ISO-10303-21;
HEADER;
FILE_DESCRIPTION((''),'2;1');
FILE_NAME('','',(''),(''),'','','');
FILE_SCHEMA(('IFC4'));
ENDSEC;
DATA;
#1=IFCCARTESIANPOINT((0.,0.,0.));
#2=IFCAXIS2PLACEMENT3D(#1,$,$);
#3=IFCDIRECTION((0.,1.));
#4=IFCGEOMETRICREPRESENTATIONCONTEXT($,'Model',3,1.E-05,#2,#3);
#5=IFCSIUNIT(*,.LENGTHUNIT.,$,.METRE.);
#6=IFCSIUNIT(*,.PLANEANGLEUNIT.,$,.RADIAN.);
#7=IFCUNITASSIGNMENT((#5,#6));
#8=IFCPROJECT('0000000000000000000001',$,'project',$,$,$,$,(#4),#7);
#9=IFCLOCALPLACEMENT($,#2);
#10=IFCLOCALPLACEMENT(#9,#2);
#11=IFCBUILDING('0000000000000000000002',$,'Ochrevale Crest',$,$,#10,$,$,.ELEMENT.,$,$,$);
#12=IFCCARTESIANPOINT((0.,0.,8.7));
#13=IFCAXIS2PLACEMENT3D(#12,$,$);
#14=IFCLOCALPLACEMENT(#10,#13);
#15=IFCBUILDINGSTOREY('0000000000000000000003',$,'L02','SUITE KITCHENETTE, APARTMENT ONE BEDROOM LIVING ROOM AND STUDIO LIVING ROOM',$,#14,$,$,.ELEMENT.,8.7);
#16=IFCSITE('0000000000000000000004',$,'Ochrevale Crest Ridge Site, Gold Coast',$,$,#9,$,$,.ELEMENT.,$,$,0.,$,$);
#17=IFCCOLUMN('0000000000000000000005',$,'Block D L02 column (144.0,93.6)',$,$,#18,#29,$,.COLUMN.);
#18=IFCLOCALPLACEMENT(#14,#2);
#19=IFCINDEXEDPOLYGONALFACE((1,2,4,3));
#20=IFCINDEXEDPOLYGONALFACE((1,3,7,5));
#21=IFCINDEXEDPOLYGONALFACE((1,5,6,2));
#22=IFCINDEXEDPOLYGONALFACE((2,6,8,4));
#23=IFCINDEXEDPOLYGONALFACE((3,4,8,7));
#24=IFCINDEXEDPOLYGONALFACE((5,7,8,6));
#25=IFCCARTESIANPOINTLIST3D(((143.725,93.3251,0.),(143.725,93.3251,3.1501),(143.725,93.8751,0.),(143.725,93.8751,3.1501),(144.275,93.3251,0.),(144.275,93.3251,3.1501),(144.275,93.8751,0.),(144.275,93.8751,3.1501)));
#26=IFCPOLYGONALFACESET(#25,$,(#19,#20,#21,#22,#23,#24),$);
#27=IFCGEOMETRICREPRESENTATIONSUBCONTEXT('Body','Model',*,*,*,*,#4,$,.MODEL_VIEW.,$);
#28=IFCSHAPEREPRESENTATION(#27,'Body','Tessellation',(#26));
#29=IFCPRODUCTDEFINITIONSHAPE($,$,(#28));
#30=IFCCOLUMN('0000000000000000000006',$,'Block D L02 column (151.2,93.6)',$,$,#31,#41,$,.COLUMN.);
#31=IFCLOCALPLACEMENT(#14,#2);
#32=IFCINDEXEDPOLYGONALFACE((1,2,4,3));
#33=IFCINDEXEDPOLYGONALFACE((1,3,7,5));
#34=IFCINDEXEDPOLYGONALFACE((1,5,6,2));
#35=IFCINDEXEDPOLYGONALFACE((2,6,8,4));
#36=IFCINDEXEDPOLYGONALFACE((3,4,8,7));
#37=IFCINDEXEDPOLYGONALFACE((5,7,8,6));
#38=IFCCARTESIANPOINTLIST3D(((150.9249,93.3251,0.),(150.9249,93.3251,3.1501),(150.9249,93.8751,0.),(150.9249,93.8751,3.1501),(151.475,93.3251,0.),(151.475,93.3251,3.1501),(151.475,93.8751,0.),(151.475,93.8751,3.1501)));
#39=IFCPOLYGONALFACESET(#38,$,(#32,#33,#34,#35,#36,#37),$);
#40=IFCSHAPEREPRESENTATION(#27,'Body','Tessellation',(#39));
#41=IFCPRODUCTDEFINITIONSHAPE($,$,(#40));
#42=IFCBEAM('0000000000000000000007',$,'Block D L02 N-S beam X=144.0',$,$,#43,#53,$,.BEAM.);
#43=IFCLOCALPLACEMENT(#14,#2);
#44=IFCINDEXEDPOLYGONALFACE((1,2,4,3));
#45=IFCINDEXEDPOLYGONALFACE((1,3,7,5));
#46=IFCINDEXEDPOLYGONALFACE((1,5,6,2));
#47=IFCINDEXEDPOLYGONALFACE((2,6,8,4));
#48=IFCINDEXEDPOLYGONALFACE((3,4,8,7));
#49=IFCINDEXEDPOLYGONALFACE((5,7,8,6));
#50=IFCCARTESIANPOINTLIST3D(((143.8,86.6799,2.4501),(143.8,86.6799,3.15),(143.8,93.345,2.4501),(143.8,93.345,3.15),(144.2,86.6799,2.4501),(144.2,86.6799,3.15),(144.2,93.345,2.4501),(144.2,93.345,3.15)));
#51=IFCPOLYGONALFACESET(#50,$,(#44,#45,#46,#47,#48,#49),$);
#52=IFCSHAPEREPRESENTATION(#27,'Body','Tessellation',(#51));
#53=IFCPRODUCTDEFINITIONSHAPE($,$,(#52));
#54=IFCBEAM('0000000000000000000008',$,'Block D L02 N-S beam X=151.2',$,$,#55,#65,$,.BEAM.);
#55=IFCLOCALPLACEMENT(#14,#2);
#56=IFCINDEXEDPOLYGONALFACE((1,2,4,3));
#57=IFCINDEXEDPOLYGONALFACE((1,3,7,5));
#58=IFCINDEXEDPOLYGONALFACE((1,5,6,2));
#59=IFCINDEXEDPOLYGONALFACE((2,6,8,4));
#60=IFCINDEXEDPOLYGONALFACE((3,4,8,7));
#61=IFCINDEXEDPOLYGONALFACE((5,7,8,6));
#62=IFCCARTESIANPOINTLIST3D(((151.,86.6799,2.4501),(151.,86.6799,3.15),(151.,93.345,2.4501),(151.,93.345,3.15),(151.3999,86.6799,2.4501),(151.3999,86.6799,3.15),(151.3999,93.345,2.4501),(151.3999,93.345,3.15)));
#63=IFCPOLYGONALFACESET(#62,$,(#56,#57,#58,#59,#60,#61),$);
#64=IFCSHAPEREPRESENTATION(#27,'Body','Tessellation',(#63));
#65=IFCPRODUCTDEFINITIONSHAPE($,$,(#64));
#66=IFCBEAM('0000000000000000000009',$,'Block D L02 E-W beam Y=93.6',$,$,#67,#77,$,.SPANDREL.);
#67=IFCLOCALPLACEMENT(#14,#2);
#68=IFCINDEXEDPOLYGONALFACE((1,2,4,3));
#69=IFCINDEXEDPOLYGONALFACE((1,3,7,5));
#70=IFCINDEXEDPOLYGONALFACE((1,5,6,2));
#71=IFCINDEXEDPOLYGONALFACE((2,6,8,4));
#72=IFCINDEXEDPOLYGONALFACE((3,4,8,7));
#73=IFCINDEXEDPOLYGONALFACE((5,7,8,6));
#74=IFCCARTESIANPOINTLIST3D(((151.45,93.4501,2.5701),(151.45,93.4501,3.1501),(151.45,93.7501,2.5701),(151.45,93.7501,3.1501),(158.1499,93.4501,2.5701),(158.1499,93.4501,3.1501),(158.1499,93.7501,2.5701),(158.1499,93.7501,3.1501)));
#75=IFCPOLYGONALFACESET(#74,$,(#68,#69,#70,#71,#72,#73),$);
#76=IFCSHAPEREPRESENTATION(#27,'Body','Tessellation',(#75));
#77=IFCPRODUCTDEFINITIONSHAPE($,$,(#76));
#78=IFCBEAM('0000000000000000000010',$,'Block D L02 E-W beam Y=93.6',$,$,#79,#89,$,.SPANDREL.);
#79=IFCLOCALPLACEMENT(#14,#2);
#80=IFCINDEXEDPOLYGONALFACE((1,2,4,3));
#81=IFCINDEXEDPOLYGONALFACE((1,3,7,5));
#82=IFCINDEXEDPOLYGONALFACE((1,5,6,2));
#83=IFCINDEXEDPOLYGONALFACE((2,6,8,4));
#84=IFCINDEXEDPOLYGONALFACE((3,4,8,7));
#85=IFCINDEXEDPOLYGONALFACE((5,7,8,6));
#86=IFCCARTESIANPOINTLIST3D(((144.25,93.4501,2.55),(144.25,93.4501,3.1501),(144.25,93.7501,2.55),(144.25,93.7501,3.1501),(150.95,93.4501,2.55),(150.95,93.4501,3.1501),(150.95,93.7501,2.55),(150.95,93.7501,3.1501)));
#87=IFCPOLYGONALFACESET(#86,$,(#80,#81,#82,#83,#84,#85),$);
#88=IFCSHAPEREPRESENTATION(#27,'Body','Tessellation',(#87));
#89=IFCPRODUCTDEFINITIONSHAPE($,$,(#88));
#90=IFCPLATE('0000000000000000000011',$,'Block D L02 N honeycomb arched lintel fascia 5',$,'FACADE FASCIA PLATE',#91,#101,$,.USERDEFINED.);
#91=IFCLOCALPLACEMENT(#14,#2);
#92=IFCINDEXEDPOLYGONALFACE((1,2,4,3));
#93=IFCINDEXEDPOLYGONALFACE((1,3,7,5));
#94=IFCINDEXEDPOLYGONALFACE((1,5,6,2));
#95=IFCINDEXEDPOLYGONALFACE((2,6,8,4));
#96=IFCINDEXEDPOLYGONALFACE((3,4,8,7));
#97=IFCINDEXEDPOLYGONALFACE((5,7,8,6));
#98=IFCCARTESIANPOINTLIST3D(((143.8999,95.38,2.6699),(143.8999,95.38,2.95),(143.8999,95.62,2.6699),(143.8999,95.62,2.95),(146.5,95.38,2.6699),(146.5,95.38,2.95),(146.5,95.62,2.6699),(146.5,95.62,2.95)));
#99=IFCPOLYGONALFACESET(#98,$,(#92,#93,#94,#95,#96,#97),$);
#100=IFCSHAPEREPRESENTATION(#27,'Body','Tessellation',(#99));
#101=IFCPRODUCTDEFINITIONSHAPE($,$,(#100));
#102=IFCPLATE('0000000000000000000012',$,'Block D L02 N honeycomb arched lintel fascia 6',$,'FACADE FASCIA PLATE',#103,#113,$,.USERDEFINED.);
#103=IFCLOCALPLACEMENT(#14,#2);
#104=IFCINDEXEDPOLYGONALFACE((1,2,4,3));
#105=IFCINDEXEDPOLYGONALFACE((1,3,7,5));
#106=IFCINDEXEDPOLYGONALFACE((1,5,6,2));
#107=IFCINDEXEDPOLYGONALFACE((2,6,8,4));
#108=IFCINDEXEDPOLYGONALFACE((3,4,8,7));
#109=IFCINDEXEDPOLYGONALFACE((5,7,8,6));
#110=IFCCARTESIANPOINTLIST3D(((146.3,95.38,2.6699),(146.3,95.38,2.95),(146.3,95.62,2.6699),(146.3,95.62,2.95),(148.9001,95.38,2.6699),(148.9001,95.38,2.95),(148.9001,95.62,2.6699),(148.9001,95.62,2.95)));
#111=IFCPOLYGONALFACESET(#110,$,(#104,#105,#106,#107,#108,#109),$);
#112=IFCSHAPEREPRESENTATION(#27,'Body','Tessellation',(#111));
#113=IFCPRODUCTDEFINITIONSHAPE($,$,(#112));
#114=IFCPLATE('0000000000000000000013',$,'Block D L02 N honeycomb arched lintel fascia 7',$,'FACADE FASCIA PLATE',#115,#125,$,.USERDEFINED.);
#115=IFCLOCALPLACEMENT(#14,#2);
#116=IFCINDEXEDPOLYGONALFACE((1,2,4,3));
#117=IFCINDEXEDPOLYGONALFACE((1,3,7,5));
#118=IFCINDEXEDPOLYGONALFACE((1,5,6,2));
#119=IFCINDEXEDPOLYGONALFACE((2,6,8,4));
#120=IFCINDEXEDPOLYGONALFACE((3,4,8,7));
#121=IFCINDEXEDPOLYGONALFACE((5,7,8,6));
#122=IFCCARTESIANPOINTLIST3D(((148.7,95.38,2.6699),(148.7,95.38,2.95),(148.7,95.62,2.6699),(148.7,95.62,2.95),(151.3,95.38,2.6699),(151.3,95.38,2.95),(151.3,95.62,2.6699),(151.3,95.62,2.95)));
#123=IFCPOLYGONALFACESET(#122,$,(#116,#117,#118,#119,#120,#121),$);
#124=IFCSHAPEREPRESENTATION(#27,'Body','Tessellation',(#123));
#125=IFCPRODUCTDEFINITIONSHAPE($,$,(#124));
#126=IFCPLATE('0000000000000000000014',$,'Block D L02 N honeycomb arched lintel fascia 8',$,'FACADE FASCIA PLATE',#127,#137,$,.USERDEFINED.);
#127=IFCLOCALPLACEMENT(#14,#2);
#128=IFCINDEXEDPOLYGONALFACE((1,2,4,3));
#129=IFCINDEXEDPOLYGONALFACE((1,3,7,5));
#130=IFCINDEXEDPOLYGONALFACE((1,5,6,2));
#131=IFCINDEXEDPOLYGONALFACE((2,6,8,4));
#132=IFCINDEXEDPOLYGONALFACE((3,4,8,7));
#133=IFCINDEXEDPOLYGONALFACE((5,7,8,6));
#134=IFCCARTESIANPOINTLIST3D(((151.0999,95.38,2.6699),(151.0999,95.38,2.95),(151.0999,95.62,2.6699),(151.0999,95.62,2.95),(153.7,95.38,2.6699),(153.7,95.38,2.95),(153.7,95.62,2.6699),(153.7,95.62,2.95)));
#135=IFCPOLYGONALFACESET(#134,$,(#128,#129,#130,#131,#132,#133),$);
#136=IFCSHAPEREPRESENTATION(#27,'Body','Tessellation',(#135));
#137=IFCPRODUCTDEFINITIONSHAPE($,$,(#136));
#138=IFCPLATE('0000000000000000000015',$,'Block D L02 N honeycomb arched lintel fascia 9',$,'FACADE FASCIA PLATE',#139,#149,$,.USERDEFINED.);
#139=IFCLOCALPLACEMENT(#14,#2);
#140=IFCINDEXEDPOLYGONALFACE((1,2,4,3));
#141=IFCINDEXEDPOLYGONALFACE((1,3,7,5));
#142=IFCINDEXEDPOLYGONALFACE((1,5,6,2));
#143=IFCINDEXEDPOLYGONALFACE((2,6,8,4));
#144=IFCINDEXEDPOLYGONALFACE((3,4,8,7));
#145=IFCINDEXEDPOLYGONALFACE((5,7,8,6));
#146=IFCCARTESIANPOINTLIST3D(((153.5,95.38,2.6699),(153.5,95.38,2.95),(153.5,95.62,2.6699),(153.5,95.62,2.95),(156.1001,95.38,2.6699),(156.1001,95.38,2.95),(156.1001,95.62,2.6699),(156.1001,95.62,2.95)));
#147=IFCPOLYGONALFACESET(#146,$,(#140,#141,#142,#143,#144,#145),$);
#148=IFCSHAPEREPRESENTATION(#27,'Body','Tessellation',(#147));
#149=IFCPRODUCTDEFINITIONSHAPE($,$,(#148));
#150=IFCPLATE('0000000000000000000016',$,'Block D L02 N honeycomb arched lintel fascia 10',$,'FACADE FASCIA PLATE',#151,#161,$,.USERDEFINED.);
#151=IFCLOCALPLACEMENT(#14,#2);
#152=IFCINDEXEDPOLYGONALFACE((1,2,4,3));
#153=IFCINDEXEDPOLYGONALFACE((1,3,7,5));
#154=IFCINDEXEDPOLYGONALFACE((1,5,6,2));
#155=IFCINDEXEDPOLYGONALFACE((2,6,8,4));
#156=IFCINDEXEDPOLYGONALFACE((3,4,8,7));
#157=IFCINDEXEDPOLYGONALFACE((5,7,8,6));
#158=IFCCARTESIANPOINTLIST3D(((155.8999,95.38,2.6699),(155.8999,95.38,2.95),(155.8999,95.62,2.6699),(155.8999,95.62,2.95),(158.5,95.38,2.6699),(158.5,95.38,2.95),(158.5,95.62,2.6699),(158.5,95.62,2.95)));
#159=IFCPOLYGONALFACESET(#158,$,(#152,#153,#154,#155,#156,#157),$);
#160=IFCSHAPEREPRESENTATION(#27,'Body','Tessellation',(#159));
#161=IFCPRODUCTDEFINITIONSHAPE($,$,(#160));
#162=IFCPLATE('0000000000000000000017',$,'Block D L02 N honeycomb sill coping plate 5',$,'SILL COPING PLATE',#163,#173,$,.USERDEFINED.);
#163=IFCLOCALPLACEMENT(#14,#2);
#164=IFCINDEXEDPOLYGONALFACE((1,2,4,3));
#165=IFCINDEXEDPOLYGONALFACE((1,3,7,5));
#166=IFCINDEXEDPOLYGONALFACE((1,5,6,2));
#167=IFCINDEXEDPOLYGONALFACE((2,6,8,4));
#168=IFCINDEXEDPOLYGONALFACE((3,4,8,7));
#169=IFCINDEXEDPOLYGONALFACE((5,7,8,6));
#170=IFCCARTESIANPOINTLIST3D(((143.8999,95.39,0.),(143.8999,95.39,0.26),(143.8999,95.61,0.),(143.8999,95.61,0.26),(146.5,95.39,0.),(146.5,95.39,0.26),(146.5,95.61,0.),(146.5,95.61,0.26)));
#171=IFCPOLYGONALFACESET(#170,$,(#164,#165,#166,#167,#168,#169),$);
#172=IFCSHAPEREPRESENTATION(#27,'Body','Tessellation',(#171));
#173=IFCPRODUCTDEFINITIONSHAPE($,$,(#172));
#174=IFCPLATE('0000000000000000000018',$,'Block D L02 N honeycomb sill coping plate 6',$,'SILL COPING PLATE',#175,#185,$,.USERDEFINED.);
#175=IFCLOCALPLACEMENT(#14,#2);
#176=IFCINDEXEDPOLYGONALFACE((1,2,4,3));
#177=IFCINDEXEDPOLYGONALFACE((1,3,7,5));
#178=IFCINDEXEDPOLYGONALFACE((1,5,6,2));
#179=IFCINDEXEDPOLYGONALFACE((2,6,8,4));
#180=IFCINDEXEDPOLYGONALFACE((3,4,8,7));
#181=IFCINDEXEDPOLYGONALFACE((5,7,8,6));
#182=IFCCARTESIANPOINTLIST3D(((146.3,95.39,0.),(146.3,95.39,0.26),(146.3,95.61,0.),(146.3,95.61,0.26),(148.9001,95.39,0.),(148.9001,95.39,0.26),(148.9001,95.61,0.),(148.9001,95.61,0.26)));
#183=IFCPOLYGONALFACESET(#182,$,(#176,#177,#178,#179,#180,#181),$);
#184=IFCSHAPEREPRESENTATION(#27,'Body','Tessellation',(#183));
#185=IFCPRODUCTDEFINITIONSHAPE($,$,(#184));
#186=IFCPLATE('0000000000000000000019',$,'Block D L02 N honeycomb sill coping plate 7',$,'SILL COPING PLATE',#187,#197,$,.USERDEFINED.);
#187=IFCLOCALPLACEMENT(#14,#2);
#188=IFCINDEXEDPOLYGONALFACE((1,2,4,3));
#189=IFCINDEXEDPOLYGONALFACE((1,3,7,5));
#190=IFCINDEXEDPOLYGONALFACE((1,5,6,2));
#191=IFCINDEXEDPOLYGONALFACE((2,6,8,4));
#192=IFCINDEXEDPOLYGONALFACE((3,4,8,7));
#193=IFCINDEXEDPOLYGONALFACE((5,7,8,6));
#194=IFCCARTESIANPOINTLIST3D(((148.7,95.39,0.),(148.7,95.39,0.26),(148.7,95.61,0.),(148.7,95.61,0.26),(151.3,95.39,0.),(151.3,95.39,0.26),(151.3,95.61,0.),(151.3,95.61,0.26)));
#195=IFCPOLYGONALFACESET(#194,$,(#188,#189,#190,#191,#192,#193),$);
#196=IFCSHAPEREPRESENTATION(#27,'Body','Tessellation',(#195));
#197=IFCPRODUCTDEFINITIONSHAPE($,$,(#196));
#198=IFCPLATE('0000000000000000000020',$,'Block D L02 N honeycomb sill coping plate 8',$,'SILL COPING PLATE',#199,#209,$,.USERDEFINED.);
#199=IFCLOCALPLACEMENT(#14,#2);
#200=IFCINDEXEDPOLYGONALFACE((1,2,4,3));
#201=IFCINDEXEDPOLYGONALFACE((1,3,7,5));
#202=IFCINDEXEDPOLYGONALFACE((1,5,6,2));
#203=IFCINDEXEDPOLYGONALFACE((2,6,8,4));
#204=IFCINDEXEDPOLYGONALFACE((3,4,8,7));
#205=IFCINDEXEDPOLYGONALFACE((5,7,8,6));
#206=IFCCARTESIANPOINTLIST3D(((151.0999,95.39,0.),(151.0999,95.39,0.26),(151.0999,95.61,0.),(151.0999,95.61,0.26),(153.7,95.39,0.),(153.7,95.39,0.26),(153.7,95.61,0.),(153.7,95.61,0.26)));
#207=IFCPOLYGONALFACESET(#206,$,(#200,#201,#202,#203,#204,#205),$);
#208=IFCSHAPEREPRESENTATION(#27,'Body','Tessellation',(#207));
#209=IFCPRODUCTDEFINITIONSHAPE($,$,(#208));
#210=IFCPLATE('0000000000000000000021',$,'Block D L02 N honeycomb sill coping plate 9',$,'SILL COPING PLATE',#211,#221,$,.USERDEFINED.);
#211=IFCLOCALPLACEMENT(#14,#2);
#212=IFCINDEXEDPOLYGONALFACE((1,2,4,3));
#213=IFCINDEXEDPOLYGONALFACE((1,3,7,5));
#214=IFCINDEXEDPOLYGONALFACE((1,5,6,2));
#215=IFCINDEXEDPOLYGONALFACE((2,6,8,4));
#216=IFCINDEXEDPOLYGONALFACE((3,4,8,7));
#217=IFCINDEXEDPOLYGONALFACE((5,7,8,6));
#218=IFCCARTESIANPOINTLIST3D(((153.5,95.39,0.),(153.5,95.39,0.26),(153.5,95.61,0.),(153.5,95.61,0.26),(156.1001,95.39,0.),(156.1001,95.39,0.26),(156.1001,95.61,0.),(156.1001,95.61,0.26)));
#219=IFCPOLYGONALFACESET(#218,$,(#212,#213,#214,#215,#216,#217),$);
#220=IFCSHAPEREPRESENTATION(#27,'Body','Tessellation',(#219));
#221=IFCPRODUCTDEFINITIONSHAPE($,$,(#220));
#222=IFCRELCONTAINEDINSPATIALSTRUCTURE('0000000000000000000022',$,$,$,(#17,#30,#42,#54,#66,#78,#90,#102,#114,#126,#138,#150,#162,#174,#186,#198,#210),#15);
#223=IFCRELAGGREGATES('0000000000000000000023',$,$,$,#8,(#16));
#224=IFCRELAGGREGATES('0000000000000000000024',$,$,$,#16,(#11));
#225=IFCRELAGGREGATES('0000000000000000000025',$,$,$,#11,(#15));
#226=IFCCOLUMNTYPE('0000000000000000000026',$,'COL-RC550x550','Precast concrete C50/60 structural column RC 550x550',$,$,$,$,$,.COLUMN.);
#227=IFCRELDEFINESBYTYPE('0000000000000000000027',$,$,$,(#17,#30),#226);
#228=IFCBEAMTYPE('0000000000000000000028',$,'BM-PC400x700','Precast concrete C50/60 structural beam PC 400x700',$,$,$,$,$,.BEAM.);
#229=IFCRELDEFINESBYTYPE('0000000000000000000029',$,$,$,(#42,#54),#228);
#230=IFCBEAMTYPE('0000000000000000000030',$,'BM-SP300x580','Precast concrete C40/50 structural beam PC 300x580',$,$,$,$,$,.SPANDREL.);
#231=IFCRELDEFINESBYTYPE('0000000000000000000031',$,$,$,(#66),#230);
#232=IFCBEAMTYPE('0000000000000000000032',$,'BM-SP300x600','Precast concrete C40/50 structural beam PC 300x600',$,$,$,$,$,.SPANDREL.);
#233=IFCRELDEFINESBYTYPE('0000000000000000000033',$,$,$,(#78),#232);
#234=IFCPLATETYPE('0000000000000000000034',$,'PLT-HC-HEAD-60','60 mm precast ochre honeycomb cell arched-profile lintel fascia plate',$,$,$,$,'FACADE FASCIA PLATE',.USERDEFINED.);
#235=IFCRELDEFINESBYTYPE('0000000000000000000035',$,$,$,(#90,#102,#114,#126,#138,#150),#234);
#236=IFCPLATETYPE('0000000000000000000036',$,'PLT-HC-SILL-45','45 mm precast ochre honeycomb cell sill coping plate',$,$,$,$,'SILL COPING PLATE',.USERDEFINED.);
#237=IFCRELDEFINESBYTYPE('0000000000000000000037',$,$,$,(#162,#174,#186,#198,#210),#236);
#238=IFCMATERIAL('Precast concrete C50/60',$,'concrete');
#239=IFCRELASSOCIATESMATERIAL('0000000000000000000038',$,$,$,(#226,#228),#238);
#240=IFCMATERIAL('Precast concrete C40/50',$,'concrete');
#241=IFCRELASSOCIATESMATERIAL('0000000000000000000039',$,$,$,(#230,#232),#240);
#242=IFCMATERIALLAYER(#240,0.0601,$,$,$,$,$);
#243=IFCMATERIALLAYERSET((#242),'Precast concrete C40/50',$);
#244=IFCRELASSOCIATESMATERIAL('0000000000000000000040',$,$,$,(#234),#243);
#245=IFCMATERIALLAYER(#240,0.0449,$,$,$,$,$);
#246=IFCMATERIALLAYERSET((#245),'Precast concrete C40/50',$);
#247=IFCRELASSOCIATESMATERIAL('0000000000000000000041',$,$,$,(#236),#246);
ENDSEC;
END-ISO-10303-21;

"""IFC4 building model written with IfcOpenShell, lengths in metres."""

from ifc_helpers import new_model, si_unit, direction, frame, origin, origin_2d, place, context, subcontext, project, spatial, rectangle, extrude, material, layer, layer_set, material_profile, profile_set, type_object, element, save


model = new_model("IFC4")

# Units and contexts
model_context = context("Model", 3, precision=1e-05, world=origin(), true_north=direction((0.0, 1.0)))
body_context = subcontext(model_context, "Body", "Model", "MODEL_VIEW")
ifc_project = project(units=[si_unit("LENGTHUNIT", "METRE"), si_unit("PLANEANGLEUNIT", "RADIAN")], contexts=[model_context])

# Site, building, storey
site_placement = place(None, origin())
site = spatial("IfcSite", under=ifc_project, at=site_placement, Name="Ochrevale Crest Ridge Site, Gold Coast", CompositionType="ELEMENT", RefElevation=0.0)
building_placement = place(site_placement, origin())
building = spatial("IfcBuilding", under=site, at=building_placement, Name="Ochrevale Crest", CompositionType="ELEMENT")
storey_placement = place(building_placement, frame((0.0, 0.0, 8.7)))
storey = spatial("IfcBuildingStorey", under=building, at=storey_placement, Name="L02", Description="SUITE KITCHENETTE, APARTMENT ONE BEDROOM LIVING ROOM AND STUDIO LIVING ROOM", CompositionType="ELEMENT", Elevation=8.7)

# Columns
ifc_material_1 = material(Name="Precast concrete C50/60", Category="concrete")
ifc_material_profile_1 = material_profile(ifc_material_1, rectangle(XDim=0.55, YDim=0.55, at=origin_2d()), Name="RC 550x550")
ifc_profile_set_1 = profile_set([ifc_material_profile_1], Name="Precast concrete C50/60")
column_type = type_object("IfcColumnType", Name="COL-RC550x550", Description="Precast concrete C50/60 structural column RC 550x550", PredefinedType="COLUMN", material=ifc_profile_set_1)
for number, where, z_axis, x_axis, name in (
    (1, (144.0, 93.6001, 0.0), (0.0, 0.0, 1.0), (1.0, 0.0, 0.0), "Block D L02 column (144.0,93.6)"),
    (2, (151.2, 93.6001, 0.0), (0.0, 0.0, 1.0), (1.0, 0.0, 0.0), "Block D L02 column (151.2,93.6)"),
):
    element("IfcColumn", number, at=place(storey_placement, frame(where, z_axis=z_axis, x_axis=x_axis)), inside=storey, type_object=column_type, Name=name, PredefinedType="COLUMN", context=body_context, shape_type="SweptSolid", body=[
        extrude(rectangle(XDim=0.55, YDim=0.55, at=origin_2d()), origin(), (0.0, 0.0, 1.0), 3.1501),
    ])

# Beams
ifc_material_profile_2 = material_profile(ifc_material_1, rectangle(XDim=0.3999, YDim=0.7, at=origin_2d()), Name="PC 400x700")
ifc_profile_set_2 = profile_set([ifc_material_profile_2], Name="Precast concrete C50/60")
beam_type_1 = type_object("IfcBeamType", Name="BM-PC400x700", Description="Precast concrete C50/60 structural beam PC 400x700", PredefinedType="BEAM", material=ifc_profile_set_2)
for number, where, z_axis, x_axis, name in (
    (3, (144.0, 86.6799, 2.8), (0.0, 1.0, 0.0), (-1.0, 0.0, 0.0), "Block D L02 N-S beam X=144.0"),
    (4, (151.2, 86.6799, 2.8), (0.0, 1.0, 0.0), (-1.0, 0.0, 0.0), "Block D L02 N-S beam X=151.2"),
):
    element("IfcBeam", number, at=place(storey_placement, frame(where, z_axis=z_axis, x_axis=x_axis)), inside=storey, type_object=beam_type_1, Name=name, PredefinedType="BEAM", context=body_context, shape_type="SweptSolid", body=[
        extrude(rectangle(XDim=0.3999, YDim=0.7, at=origin_2d()), origin(), (0.0, 0.0, 1.0), 6.665),
    ])
ifc_material_2 = material(Name="Precast concrete C40/50", Category="concrete")
ifc_material_profile_3 = material_profile(ifc_material_2, rectangle(XDim=0.3, YDim=0.5801, at=origin_2d()), Name="PC 300x580")
ifc_profile_set_3 = profile_set([ifc_material_profile_3], Name="Precast concrete C40/50")
beam_type_2 = type_object("IfcBeamType", Name="BM-SP300x580", Description="Precast concrete C40/50 structural beam PC 300x580", PredefinedType="SPANDREL", material=ifc_profile_set_3)
beam_1_placement = place(storey_placement, frame((151.45, 93.6001, 2.8601), z_axis=(1.0, 0.0, 0.0), x_axis=(0.0, 1.0, 0.0)))
element("IfcBeam", 5, at=beam_1_placement, inside=storey, type_object=beam_type_2, Name="Block D L02 E-W beam Y=93.6", PredefinedType="SPANDREL", context=body_context, shape_type="SweptSolid", body=[
    extrude(rectangle(XDim=0.3, YDim=0.5801, at=origin_2d()), origin(), (0.0, 0.0, 1.0), 6.7),
])
ifc_material_profile_4 = material_profile(ifc_material_2, rectangle(XDim=0.3, YDim=0.6001, at=origin_2d()), Name="PC 300x600")
ifc_profile_set_4 = profile_set([ifc_material_profile_4], Name="Precast concrete C40/50")
beam_type_3 = type_object("IfcBeamType", Name="BM-SP300x600", Description="Precast concrete C40/50 structural beam PC 300x600", PredefinedType="SPANDREL", material=ifc_profile_set_4)
beam_2_placement = place(storey_placement, frame((144.25, 93.6001, 2.8501), z_axis=(1.0, 0.0, 0.0), x_axis=(0.0, 1.0, 0.0)))
element("IfcBeam", 6, at=beam_2_placement, inside=storey, type_object=beam_type_3, Name="Block D L02 E-W beam Y=93.6", PredefinedType="SPANDREL", context=body_context, shape_type="SweptSolid", body=[
    extrude(rectangle(XDim=0.3, YDim=0.6001, at=origin_2d()), origin(), (0.0, 0.0, 1.0), 6.7),
])

# Plates
ifc_layer_1 = layer(ifc_material_2, 0.0601)
ifc_layer_set_1 = layer_set([ifc_layer_1], Name="Precast concrete C40/50")
plate_type_1 = type_object("IfcPlateType", Name="PLT-HC-HEAD-60", Description="60 mm precast ochre honeycomb cell arched-profile lintel fascia plate", ElementType="FACADE FASCIA PLATE", PredefinedType="USERDEFINED", material=ifc_layer_set_1)
for number, where, z_axis, x_axis, name in (
    (7, (145.2, 95.5, 2.6699), (0.0, 0.0, 1.0), (1.0, 0.0, 0.0), "Block D L02 N honeycomb arched lintel fascia 5"),
    (8, (147.6001, 95.5, 2.6699), (0.0, 0.0, 1.0), (1.0, 0.0, 0.0), "Block D L02 N honeycomb arched lintel fascia 6"),
    (9, (150.0, 95.5, 2.6699), (0.0, 0.0, 1.0), (1.0, 0.0, 0.0), "Block D L02 N honeycomb arched lintel fascia 7"),
    (10, (152.3999, 95.5, 2.6699), (0.0, 0.0, 1.0), (1.0, 0.0, 0.0), "Block D L02 N honeycomb arched lintel fascia 8"),
    (11, (154.8, 95.5, 2.6699), (0.0, 0.0, 1.0), (1.0, 0.0, 0.0), "Block D L02 N honeycomb arched lintel fascia 9"),
    (12, (157.2, 95.5, 2.6699), (0.0, 0.0, 1.0), (1.0, 0.0, 0.0), "Block D L02 N honeycomb arched lintel fascia 10"),
):
    element("IfcPlate", number, at=place(storey_placement, frame(where, z_axis=z_axis, x_axis=x_axis)), inside=storey, type_object=plate_type_1, Name=name, ObjectType="FACADE FASCIA PLATE", PredefinedType="USERDEFINED", context=body_context, shape_type="SweptSolid", body=[
        extrude(rectangle(XDim=2.6001, YDim=0.24, at=origin_2d()), origin(), (0.0, 0.0, 1.0), 0.28),
    ])
ifc_layer_2 = layer(ifc_material_2, 0.0449)
ifc_layer_set_2 = layer_set([ifc_layer_2], Name="Precast concrete C40/50")
plate_type_2 = type_object("IfcPlateType", Name="PLT-HC-SILL-45", Description="45 mm precast ochre honeycomb cell sill coping plate", ElementType="SILL COPING PLATE", PredefinedType="USERDEFINED", material=ifc_layer_set_2)
for number, where, z_axis, x_axis, name in (
    (13, (145.2, 95.5, 0.0), (0.0, 0.0, 1.0), (1.0, 0.0, 0.0), "Block D L02 N honeycomb sill coping plate 5"),
    (14, (147.6001, 95.5, 0.0), (0.0, 0.0, 1.0), (1.0, 0.0, 0.0), "Block D L02 N honeycomb sill coping plate 6"),
    (15, (150.0, 95.5, 0.0), (0.0, 0.0, 1.0), (1.0, 0.0, 0.0), "Block D L02 N honeycomb sill coping plate 7"),
    (16, (152.3999, 95.5, 0.0), (0.0, 0.0, 1.0), (1.0, 0.0, 0.0), "Block D L02 N honeycomb sill coping plate 8"),
    (17, (154.8, 95.5, 0.0), (0.0, 0.0, 1.0), (1.0, 0.0, 0.0), "Block D L02 N honeycomb sill coping plate 9"),
):
    element("IfcPlate", number, at=place(storey_placement, frame(where, z_axis=z_axis, x_axis=x_axis)), inside=storey, type_object=plate_type_2, Name=name, ObjectType="SILL COPING PLATE", PredefinedType="USERDEFINED", context=body_context, shape_type="SweptSolid", body=[
        extrude(rectangle(XDim=2.6001, YDim=0.22, at=origin_2d()), origin(), (0.0, 0.0, 1.0), 0.26),
    ])

save(model, "model.ifc")
